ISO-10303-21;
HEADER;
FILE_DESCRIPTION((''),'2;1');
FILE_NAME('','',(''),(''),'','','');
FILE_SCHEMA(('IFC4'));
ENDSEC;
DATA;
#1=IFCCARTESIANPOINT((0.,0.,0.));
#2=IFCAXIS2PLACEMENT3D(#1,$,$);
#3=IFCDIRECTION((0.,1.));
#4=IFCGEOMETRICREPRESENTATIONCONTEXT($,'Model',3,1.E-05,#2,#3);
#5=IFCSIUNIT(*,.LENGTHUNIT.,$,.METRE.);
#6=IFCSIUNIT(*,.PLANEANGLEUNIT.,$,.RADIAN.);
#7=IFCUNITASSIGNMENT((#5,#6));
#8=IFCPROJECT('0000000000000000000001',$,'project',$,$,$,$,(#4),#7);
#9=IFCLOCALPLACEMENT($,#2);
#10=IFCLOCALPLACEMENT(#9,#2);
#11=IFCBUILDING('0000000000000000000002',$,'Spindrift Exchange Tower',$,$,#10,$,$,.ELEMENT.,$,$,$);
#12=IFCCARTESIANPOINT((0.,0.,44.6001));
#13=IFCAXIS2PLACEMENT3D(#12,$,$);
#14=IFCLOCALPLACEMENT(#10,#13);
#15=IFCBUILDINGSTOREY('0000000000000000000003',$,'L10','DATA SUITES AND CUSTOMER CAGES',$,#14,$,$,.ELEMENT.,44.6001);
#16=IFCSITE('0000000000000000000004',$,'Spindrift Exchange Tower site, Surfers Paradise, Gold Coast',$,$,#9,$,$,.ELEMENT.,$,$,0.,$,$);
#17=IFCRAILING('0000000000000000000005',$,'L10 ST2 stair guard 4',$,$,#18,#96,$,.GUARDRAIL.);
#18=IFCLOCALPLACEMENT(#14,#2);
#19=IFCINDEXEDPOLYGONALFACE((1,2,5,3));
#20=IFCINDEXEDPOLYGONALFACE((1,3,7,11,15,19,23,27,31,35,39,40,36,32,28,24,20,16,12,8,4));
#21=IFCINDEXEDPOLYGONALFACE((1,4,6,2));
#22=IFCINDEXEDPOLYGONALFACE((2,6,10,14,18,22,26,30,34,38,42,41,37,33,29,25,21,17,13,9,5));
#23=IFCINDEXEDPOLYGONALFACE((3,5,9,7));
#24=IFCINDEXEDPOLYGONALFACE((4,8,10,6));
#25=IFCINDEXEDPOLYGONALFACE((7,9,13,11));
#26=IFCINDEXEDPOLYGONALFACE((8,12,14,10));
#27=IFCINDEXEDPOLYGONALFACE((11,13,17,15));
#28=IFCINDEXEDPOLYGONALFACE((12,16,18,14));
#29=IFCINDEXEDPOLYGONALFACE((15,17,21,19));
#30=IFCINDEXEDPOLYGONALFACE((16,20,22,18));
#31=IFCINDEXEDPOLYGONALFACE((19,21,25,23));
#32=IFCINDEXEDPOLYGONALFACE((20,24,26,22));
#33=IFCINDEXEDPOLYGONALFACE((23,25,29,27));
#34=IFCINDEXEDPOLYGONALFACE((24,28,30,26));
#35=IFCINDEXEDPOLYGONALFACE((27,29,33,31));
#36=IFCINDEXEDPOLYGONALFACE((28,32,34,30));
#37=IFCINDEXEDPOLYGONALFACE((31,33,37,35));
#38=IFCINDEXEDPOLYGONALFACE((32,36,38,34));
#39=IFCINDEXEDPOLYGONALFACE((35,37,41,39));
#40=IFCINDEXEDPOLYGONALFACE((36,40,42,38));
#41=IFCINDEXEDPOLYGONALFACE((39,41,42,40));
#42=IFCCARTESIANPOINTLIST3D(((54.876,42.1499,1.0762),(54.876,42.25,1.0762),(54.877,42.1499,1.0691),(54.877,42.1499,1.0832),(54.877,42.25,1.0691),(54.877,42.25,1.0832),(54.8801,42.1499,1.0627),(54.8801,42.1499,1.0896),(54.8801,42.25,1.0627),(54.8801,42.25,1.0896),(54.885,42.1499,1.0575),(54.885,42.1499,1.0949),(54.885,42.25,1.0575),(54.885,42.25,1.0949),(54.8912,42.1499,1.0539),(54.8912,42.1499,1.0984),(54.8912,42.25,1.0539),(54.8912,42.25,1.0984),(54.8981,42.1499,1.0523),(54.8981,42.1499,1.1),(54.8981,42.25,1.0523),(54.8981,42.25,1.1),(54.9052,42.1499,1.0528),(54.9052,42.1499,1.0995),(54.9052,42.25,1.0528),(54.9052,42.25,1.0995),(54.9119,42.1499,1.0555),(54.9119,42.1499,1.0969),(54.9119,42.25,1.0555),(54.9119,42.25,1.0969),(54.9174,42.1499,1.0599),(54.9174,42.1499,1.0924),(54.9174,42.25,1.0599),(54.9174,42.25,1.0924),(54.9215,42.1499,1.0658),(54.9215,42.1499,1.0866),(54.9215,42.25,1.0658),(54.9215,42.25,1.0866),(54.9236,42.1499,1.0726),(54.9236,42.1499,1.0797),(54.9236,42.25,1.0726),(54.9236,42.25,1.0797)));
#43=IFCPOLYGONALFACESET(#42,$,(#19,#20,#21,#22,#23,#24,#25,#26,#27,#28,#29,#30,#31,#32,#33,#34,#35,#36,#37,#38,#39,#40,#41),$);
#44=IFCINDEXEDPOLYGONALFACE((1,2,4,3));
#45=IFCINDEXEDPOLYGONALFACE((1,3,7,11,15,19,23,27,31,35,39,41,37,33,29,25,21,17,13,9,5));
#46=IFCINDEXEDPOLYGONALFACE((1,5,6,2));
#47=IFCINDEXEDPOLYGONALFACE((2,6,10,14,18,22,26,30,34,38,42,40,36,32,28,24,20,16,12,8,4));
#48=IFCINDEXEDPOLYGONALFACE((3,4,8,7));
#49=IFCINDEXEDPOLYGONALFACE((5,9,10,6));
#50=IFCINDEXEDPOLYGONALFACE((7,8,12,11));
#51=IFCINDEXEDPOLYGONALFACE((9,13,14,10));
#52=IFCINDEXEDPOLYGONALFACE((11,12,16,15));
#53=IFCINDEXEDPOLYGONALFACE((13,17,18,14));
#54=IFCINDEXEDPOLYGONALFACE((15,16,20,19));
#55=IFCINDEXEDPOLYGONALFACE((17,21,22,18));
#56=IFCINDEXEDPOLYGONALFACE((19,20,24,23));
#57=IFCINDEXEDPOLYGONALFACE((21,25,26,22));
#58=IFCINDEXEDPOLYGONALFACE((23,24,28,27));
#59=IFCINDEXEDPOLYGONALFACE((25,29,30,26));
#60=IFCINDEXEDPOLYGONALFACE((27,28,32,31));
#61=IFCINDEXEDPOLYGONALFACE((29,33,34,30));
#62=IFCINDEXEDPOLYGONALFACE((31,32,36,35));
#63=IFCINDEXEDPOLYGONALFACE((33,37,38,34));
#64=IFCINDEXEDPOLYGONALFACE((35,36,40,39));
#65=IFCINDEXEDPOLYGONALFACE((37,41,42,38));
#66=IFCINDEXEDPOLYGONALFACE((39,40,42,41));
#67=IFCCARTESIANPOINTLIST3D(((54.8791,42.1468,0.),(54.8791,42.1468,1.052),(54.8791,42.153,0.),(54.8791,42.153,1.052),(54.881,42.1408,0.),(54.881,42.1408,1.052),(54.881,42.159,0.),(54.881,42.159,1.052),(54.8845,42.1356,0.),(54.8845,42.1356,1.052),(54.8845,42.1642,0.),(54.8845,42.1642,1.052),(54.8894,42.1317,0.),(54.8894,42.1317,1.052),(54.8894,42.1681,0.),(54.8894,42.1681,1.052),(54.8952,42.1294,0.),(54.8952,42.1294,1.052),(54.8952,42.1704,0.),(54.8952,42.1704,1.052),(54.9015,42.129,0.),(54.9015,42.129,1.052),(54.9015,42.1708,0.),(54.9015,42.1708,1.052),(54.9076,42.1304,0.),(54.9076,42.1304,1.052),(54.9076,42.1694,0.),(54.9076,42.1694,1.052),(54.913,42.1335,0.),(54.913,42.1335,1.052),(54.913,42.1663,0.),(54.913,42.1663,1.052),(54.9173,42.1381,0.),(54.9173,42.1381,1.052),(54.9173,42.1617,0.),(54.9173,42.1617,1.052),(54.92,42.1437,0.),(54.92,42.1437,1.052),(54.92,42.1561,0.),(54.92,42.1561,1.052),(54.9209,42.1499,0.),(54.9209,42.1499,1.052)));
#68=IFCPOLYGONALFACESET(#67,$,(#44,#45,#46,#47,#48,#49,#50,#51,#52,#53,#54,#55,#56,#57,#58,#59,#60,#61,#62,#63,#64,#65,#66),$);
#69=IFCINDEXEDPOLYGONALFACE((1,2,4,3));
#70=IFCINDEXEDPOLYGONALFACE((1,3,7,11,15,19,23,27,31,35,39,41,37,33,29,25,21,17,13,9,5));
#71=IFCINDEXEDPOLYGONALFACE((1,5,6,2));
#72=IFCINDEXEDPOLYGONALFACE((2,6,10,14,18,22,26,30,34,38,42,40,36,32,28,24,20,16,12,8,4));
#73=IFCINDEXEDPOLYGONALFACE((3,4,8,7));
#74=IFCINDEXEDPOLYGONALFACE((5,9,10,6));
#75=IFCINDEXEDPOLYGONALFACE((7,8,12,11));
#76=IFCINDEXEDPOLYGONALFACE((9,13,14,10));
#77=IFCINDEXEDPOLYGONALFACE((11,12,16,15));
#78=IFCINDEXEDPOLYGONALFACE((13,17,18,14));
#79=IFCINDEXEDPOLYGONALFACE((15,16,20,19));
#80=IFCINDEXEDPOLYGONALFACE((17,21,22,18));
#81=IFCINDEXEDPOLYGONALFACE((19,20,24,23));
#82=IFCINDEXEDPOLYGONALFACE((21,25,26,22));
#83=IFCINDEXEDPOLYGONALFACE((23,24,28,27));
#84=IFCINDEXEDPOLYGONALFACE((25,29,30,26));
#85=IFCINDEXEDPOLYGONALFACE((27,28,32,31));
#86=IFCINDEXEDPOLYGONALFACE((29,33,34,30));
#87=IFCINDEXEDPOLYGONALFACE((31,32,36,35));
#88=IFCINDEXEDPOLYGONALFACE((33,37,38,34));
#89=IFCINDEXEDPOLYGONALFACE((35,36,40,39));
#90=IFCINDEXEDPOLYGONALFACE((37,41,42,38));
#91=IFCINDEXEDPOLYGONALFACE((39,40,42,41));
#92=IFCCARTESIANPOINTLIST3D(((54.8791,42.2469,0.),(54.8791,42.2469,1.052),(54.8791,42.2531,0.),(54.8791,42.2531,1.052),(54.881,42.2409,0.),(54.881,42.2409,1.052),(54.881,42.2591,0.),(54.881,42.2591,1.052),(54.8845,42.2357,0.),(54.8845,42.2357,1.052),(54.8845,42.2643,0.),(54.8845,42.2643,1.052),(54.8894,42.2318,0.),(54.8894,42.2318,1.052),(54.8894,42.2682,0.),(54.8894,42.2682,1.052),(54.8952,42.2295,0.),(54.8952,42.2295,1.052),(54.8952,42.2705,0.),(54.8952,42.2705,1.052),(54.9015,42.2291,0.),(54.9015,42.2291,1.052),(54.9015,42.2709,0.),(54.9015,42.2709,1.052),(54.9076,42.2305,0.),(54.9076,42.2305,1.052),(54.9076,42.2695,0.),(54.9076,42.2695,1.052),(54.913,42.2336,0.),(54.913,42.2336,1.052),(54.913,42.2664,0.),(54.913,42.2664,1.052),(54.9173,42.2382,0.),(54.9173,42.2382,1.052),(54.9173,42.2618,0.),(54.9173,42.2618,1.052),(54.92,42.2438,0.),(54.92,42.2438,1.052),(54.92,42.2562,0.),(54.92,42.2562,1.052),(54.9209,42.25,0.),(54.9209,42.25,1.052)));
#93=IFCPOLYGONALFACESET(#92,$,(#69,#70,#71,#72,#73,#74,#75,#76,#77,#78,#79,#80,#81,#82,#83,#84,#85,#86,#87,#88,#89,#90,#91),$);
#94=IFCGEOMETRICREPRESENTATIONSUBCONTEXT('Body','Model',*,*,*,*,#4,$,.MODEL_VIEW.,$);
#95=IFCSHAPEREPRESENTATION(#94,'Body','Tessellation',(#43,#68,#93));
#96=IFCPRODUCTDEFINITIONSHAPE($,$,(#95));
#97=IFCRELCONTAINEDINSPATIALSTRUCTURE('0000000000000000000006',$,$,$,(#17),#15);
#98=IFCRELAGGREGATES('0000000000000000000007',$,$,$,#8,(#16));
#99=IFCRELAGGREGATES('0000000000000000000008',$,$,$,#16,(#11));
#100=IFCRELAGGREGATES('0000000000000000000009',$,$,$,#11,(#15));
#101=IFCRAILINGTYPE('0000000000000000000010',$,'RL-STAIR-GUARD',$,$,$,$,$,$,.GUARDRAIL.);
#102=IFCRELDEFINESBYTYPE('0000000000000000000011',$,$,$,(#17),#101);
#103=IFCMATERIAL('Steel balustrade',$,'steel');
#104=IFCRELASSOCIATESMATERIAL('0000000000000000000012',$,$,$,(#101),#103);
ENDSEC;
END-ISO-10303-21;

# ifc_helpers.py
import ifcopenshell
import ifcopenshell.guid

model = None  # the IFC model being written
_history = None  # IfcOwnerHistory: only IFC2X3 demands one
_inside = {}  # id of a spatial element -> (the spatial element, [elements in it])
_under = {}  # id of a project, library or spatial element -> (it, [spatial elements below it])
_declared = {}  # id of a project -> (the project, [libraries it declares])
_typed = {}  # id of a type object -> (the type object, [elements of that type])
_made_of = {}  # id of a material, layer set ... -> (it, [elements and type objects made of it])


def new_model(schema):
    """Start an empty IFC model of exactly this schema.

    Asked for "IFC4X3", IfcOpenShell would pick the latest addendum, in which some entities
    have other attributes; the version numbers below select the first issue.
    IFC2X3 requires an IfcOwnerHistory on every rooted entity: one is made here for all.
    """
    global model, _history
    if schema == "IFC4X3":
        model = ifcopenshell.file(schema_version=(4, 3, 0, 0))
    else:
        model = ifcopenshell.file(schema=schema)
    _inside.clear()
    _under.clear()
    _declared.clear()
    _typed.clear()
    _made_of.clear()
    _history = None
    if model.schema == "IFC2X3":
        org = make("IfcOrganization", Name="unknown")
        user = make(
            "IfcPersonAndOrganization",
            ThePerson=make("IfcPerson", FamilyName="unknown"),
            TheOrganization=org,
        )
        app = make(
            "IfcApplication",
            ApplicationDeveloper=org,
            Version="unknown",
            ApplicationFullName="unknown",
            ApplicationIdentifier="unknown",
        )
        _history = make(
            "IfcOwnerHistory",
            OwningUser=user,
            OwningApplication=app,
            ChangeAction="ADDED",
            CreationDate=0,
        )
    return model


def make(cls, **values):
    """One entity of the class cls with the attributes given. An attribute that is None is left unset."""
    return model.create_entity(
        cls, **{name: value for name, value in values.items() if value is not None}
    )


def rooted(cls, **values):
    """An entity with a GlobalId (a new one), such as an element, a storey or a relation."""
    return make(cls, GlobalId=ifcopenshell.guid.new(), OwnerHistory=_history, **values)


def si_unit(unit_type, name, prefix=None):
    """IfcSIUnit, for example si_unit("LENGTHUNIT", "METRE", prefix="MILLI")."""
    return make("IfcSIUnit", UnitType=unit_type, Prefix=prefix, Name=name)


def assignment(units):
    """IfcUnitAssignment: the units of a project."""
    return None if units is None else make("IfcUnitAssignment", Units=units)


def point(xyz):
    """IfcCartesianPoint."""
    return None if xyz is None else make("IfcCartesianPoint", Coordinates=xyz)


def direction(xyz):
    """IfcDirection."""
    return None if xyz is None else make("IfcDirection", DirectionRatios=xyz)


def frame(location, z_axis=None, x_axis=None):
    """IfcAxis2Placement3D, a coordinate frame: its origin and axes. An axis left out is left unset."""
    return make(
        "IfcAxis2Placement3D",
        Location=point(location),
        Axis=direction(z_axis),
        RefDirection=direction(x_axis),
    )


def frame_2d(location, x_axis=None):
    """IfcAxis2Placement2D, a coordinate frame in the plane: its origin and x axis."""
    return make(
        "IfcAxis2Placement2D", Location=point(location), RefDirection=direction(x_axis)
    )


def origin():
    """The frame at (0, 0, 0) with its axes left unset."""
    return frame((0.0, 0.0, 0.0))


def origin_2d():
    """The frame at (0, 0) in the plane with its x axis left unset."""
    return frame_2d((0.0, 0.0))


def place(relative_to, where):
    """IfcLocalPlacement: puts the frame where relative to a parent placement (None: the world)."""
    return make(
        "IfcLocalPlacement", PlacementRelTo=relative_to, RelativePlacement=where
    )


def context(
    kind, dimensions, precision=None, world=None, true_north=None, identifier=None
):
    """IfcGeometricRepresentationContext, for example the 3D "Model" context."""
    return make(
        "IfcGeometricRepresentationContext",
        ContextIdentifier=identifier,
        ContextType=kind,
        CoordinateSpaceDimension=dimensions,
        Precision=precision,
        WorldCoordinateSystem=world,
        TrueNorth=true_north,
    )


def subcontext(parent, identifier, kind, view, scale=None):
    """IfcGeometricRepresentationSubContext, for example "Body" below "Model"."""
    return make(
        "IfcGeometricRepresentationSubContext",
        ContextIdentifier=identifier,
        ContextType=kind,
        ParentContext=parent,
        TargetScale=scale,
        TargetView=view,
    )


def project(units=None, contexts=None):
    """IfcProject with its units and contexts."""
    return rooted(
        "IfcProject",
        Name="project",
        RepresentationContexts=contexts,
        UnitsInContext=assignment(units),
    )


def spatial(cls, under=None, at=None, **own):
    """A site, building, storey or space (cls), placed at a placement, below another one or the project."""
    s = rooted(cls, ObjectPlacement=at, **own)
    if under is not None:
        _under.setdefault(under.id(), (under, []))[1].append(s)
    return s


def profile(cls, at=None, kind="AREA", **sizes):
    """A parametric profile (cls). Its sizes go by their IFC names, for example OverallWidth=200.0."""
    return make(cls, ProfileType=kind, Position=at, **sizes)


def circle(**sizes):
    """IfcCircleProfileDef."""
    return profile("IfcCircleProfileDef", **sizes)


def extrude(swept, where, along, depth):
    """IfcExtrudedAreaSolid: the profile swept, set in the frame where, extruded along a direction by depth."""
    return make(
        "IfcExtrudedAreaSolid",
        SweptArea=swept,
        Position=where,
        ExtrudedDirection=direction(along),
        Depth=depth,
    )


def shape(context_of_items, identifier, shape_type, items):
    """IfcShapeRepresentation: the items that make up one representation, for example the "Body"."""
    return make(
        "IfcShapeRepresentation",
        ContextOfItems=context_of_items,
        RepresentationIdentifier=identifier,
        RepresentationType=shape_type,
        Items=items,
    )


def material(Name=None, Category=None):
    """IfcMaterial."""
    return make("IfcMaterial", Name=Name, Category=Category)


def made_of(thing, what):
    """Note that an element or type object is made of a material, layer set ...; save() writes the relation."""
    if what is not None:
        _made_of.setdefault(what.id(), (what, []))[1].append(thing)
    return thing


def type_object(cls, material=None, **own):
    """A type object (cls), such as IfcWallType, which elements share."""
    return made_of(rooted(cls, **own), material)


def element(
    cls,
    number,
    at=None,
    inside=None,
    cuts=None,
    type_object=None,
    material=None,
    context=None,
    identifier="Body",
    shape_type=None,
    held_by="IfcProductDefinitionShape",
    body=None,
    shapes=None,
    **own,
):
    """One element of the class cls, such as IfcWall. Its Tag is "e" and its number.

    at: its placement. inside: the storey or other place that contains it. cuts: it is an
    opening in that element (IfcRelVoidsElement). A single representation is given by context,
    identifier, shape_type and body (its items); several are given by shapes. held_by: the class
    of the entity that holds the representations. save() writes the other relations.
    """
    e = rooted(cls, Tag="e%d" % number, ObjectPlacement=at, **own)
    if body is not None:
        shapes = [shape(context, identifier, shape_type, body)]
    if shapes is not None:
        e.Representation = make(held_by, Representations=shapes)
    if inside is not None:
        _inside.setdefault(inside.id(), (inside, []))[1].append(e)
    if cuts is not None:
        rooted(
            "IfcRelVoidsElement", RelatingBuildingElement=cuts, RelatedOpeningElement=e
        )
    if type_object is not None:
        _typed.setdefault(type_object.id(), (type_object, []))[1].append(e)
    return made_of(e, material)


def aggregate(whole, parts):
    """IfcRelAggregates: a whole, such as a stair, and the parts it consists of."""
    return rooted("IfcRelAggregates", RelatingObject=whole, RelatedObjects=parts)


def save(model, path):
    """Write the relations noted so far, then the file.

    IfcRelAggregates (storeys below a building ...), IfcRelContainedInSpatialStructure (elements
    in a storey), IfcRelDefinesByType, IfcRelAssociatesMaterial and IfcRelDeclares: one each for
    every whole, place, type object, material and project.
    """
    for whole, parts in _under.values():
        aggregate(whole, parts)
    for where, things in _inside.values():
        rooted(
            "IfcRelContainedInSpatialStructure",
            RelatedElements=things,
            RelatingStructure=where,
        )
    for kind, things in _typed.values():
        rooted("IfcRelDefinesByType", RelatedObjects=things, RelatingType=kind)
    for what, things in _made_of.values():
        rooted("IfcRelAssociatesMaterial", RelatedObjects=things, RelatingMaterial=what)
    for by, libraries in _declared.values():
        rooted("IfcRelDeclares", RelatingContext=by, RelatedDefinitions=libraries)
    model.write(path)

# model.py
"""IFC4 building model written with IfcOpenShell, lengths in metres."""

from ifc_helpers import new_model, si_unit, direction, frame, origin, origin_2d, place, context, subcontext, project, spatial, circle, extrude, material, type_object, element, save


model = new_model("IFC4")

# Units and contexts
model_context = context("Model", 3, precision=1e-05, world=origin(), true_north=direction((0.0, 1.0)))
body_context = subcontext(model_context, "Body", "Model", "MODEL_VIEW")
ifc_project = project(units=[si_unit("LENGTHUNIT", "METRE"), si_unit("PLANEANGLEUNIT", "RADIAN")], contexts=[model_context])

# Site, building, storey
site_placement = place(None, origin())
site = spatial("IfcSite", under=ifc_project, at=site_placement, Name="Spindrift Exchange Tower site, Surfers Paradise, Gold Coast", CompositionType="ELEMENT", RefElevation=0.0)
building_placement = place(site_placement, origin())
building = spatial("IfcBuilding", under=site, at=building_placement, Name="Spindrift Exchange Tower", CompositionType="ELEMENT")
storey_placement = place(building_placement, frame((0.0, 0.0, 44.6001)))
storey = spatial("IfcBuildingStorey", under=building, at=storey_placement, Name="L10", Description="DATA SUITES AND CUSTOMER CAGES", CompositionType="ELEMENT", Elevation=44.6001)

# Railing
ifc_material_1 = material(Name="Steel balustrade", Category="steel")
railing_type_1 = type_object("IfcRailingType", Name="RL-STAIR-GUARD", PredefinedType="GUARDRAIL", material=ifc_material_1)
railing_1_placement = place(storey_placement, frame((54.8999, 42.1499, 0.0)))
element("IfcRailing", 1, at=railing_1_placement, inside=storey, type_object=railing_type_1, Name="L10 ST2 stair guard 4", PredefinedType="GUARDRAIL", context=body_context, shape_type="SweptSolid", body=[
    extrude(circle(Radius=0.0239, at=origin_2d()), frame((0.0, 0.0, 1.0762), z_axis=(0.0, 1.0, 0.0), x_axis=(-1.0, 0.0, 0.0)), (0.0, 0.0, 1.0), 0.1001),
    extrude(circle(Radius=0.021, at=origin_2d()), origin(), (0.0, 0.0, 1.0), 1.052),
    extrude(circle(Radius=0.021, at=origin_2d()), frame((0.0, 0.1001, 0.0)), (0.0, 0.0, 1.0), 1.052),
])

save(model, "model.ifc")
